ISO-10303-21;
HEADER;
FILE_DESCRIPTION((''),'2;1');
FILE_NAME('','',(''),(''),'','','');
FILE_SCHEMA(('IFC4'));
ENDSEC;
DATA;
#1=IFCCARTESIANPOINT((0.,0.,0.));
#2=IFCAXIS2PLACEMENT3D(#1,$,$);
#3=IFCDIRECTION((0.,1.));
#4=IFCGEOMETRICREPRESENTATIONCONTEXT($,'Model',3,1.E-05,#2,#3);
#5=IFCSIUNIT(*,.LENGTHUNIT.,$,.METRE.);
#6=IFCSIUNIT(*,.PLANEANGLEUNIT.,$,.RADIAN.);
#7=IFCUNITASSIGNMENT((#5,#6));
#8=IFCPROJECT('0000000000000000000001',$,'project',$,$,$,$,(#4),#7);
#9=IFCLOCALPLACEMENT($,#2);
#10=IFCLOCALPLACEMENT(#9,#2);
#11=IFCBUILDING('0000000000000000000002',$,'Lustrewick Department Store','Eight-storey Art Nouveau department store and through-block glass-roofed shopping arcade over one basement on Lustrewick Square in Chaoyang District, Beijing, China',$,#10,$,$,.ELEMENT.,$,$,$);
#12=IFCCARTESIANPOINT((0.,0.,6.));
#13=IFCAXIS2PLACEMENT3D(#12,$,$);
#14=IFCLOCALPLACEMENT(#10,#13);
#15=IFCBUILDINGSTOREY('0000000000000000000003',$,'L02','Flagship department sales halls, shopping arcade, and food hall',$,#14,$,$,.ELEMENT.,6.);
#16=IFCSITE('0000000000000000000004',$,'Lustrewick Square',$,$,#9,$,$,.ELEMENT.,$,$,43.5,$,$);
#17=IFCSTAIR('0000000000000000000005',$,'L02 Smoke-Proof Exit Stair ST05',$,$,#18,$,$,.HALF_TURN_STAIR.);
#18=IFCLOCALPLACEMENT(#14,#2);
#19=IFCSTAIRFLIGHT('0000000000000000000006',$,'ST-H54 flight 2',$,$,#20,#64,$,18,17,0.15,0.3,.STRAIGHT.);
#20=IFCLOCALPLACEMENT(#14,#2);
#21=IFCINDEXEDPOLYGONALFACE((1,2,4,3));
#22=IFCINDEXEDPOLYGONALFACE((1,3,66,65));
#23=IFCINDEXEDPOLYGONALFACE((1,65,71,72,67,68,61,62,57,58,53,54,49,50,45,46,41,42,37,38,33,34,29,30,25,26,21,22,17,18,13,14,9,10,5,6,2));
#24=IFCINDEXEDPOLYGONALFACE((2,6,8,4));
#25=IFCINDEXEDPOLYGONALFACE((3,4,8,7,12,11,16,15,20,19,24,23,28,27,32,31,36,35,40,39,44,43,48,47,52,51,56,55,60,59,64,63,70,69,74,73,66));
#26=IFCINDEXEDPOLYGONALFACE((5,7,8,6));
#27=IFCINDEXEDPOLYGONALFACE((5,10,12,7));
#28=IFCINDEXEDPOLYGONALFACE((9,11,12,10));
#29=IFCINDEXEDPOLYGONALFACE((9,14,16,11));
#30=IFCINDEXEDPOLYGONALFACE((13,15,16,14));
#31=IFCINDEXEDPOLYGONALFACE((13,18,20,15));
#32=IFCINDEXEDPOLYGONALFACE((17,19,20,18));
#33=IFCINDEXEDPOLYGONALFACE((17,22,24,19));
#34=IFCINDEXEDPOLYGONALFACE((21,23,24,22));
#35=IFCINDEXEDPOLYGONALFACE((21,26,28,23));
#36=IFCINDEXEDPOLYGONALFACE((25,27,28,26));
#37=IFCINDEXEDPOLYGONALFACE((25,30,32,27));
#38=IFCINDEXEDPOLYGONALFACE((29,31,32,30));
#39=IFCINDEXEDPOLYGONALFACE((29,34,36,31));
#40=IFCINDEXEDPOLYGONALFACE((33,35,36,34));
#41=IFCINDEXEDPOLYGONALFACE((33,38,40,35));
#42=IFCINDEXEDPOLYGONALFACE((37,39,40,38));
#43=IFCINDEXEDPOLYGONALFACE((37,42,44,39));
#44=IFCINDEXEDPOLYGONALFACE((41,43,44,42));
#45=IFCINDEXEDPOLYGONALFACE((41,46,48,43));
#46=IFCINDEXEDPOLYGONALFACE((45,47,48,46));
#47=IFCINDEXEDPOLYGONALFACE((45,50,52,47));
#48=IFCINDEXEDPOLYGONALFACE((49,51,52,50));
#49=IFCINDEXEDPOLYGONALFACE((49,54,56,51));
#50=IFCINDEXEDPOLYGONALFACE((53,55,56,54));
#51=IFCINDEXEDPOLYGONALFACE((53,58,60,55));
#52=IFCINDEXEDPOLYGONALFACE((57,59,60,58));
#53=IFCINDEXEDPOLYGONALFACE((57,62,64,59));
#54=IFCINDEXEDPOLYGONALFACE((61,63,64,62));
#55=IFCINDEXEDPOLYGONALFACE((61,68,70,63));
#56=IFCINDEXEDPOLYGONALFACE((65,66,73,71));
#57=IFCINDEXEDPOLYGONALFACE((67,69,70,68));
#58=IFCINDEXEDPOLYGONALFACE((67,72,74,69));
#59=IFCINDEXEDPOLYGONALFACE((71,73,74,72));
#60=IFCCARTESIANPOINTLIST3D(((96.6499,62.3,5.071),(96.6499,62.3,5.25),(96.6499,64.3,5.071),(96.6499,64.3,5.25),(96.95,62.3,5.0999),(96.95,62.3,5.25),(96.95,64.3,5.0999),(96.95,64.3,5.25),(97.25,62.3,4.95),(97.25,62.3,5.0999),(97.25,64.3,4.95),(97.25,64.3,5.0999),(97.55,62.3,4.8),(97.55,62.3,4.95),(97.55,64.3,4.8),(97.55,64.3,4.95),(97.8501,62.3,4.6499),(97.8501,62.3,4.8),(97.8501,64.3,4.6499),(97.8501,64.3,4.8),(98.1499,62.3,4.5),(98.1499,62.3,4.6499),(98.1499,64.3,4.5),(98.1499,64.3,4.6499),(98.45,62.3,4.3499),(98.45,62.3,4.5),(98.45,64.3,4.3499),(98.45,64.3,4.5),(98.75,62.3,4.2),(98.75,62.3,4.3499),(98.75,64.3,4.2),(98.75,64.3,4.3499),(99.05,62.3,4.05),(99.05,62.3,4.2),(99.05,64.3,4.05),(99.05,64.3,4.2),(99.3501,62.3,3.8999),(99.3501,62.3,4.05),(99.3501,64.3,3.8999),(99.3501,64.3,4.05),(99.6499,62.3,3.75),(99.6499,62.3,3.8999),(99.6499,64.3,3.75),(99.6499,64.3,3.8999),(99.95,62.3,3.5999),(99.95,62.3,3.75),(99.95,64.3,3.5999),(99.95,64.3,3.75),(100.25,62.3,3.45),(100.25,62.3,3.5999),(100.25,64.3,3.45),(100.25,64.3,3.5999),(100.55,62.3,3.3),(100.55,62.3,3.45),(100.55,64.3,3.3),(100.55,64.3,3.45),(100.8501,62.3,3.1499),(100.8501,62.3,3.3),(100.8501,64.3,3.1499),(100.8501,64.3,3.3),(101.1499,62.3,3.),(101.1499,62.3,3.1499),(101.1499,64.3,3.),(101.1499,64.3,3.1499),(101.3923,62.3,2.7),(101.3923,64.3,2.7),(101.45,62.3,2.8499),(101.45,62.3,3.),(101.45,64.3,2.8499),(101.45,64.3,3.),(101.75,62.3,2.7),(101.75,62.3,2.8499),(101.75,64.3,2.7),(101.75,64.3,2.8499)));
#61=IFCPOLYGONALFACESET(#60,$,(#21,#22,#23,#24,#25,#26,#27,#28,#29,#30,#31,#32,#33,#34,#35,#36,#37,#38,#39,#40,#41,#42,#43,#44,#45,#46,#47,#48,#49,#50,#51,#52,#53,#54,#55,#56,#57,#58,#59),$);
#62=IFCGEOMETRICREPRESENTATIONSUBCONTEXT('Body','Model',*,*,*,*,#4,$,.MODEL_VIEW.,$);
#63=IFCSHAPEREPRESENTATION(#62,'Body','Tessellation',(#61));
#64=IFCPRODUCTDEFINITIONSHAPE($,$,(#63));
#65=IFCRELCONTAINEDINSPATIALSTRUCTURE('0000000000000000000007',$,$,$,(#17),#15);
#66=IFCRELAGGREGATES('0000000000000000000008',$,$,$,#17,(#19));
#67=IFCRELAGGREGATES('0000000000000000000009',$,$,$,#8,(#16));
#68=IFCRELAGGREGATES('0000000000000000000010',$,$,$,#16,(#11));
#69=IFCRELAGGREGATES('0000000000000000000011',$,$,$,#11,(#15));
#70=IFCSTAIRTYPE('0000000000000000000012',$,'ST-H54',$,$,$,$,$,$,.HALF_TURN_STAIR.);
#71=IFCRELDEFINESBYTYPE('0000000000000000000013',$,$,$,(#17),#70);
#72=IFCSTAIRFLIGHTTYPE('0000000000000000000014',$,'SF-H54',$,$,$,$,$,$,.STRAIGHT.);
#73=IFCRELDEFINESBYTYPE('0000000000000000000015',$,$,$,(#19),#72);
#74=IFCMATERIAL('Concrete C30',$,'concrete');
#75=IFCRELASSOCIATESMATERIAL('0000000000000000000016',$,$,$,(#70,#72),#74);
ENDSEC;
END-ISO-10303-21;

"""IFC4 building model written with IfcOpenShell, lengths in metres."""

from ifc_helpers import new_model, si_unit, direction, frame, origin, place, context, subcontext, project, spatial, polyline, outline, extrude, material, type_object, element, aggregate, save


model = new_model("IFC4")

# Units and contexts
model_context = context("Model", 3, precision=1e-05, world=origin(), true_north=direction((0.0, 1.0)))
body_context = subcontext(model_context, "Body", "Model", "MODEL_VIEW")
ifc_project = project(units=[si_unit("LENGTHUNIT", "METRE"), si_unit("PLANEANGLEUNIT", "RADIAN")], contexts=[model_context])

# Site, building, storey
site_placement = place(None, origin())
site = spatial("IfcSite", under=ifc_project, at=site_placement, Name="Lustrewick Square", CompositionType="ELEMENT", RefElevation=43.5)
building_placement = place(site_placement, origin())
building = spatial("IfcBuilding", under=site, at=building_placement, Name="Lustrewick Department Store", Description="Eight-storey Art Nouveau department store and through-block glass-roofed shopping arcade over one basement on Lustrewick Square in Chaoyang District, Beijing, China", CompositionType="ELEMENT")
storey_placement = place(building_placement, frame((0.0, 0.0, 6.0)))
storey = spatial("IfcBuildingStorey", under=building, at=storey_placement, Name="L02", Description="Flagship department sales halls, shopping arcade, and food hall", CompositionType="ELEMENT", Elevation=6.0)

# Stair, stair flight
ifc_material_1 = material(Name="Concrete C30", Category="concrete")
stair_type = type_object("IfcStairType", Name="ST-H54", PredefinedType="HALF_TURN_STAIR", material=ifc_material_1)
stair_placement = place(storey_placement, origin())
stair = element("IfcStair", 1, at=stair_placement, inside=storey, type_object=stair_type, Name="L02 Smoke-Proof Exit Stair ST05", PredefinedType="HALF_TURN_STAIR")
stair_flight_type = type_object("IfcStairFlightType", Name="SF-H54", PredefinedType="STRAIGHT", material=ifc_material_1)
stair_flight_1_placement = place(storey_placement, frame((101.75, 63.3, 2.7), z_axis=(0.0, 0.0, 1.0), x_axis=(-1.0, 0.0, 0.0)))
stair_flight_1 = element("IfcStairFlight", 2, at=stair_flight_1_placement, type_object=stair_flight_type, Name="ST-H54 flight 2", NumberOfRisers=18, NumberOfTreads=17, PredefinedType="STRAIGHT", RiserHeight=0.15, TreadLength=0.3, context=body_context, shape_type="SweptSolid", body=[
    extrude(outline(polyline([(0.0, 0.0), (0.0, 0.1499), (0.3, 0.1499), (0.3, 0.3), (0.6001, 0.3), (0.6001, 0.45), (0.8999, 0.45), (0.8999, 0.6001), (1.2, 0.6001), (1.2, 0.75), (1.5, 0.75), (1.5, 0.8999), (1.8, 0.8999), (1.8, 1.05), (2.1001, 1.05), (2.1001, 1.2), (2.3999, 1.2), (2.3999, 1.3501), (2.7, 1.3501), (2.7, 1.5), (3.0, 1.5), (3.0, 1.6499), (3.3, 1.6499), (3.3, 1.8), (3.6001, 1.8), (3.6001, 1.95), (3.8999, 1.95), (3.8999, 2.1001), (4.2, 2.1001), (4.2, 2.25), (4.5, 2.25), (4.5, 2.3999), (4.8, 2.3999), (4.8, 2.55), (5.1001, 2.55), (5.1001, 2.7), (5.1001, 2.3711), (0.3577, 0.0), (0.0, 0.0)])), frame((0.0, 1.0, 0.0), z_axis=(0.0, -1.0, 0.0), x_axis=(1.0, 0.0, 0.0)), (0.0, 0.0, 1.0), 2.0),
])
aggregate(stair, [stair_flight_1])

save(model, "model.ifc")
